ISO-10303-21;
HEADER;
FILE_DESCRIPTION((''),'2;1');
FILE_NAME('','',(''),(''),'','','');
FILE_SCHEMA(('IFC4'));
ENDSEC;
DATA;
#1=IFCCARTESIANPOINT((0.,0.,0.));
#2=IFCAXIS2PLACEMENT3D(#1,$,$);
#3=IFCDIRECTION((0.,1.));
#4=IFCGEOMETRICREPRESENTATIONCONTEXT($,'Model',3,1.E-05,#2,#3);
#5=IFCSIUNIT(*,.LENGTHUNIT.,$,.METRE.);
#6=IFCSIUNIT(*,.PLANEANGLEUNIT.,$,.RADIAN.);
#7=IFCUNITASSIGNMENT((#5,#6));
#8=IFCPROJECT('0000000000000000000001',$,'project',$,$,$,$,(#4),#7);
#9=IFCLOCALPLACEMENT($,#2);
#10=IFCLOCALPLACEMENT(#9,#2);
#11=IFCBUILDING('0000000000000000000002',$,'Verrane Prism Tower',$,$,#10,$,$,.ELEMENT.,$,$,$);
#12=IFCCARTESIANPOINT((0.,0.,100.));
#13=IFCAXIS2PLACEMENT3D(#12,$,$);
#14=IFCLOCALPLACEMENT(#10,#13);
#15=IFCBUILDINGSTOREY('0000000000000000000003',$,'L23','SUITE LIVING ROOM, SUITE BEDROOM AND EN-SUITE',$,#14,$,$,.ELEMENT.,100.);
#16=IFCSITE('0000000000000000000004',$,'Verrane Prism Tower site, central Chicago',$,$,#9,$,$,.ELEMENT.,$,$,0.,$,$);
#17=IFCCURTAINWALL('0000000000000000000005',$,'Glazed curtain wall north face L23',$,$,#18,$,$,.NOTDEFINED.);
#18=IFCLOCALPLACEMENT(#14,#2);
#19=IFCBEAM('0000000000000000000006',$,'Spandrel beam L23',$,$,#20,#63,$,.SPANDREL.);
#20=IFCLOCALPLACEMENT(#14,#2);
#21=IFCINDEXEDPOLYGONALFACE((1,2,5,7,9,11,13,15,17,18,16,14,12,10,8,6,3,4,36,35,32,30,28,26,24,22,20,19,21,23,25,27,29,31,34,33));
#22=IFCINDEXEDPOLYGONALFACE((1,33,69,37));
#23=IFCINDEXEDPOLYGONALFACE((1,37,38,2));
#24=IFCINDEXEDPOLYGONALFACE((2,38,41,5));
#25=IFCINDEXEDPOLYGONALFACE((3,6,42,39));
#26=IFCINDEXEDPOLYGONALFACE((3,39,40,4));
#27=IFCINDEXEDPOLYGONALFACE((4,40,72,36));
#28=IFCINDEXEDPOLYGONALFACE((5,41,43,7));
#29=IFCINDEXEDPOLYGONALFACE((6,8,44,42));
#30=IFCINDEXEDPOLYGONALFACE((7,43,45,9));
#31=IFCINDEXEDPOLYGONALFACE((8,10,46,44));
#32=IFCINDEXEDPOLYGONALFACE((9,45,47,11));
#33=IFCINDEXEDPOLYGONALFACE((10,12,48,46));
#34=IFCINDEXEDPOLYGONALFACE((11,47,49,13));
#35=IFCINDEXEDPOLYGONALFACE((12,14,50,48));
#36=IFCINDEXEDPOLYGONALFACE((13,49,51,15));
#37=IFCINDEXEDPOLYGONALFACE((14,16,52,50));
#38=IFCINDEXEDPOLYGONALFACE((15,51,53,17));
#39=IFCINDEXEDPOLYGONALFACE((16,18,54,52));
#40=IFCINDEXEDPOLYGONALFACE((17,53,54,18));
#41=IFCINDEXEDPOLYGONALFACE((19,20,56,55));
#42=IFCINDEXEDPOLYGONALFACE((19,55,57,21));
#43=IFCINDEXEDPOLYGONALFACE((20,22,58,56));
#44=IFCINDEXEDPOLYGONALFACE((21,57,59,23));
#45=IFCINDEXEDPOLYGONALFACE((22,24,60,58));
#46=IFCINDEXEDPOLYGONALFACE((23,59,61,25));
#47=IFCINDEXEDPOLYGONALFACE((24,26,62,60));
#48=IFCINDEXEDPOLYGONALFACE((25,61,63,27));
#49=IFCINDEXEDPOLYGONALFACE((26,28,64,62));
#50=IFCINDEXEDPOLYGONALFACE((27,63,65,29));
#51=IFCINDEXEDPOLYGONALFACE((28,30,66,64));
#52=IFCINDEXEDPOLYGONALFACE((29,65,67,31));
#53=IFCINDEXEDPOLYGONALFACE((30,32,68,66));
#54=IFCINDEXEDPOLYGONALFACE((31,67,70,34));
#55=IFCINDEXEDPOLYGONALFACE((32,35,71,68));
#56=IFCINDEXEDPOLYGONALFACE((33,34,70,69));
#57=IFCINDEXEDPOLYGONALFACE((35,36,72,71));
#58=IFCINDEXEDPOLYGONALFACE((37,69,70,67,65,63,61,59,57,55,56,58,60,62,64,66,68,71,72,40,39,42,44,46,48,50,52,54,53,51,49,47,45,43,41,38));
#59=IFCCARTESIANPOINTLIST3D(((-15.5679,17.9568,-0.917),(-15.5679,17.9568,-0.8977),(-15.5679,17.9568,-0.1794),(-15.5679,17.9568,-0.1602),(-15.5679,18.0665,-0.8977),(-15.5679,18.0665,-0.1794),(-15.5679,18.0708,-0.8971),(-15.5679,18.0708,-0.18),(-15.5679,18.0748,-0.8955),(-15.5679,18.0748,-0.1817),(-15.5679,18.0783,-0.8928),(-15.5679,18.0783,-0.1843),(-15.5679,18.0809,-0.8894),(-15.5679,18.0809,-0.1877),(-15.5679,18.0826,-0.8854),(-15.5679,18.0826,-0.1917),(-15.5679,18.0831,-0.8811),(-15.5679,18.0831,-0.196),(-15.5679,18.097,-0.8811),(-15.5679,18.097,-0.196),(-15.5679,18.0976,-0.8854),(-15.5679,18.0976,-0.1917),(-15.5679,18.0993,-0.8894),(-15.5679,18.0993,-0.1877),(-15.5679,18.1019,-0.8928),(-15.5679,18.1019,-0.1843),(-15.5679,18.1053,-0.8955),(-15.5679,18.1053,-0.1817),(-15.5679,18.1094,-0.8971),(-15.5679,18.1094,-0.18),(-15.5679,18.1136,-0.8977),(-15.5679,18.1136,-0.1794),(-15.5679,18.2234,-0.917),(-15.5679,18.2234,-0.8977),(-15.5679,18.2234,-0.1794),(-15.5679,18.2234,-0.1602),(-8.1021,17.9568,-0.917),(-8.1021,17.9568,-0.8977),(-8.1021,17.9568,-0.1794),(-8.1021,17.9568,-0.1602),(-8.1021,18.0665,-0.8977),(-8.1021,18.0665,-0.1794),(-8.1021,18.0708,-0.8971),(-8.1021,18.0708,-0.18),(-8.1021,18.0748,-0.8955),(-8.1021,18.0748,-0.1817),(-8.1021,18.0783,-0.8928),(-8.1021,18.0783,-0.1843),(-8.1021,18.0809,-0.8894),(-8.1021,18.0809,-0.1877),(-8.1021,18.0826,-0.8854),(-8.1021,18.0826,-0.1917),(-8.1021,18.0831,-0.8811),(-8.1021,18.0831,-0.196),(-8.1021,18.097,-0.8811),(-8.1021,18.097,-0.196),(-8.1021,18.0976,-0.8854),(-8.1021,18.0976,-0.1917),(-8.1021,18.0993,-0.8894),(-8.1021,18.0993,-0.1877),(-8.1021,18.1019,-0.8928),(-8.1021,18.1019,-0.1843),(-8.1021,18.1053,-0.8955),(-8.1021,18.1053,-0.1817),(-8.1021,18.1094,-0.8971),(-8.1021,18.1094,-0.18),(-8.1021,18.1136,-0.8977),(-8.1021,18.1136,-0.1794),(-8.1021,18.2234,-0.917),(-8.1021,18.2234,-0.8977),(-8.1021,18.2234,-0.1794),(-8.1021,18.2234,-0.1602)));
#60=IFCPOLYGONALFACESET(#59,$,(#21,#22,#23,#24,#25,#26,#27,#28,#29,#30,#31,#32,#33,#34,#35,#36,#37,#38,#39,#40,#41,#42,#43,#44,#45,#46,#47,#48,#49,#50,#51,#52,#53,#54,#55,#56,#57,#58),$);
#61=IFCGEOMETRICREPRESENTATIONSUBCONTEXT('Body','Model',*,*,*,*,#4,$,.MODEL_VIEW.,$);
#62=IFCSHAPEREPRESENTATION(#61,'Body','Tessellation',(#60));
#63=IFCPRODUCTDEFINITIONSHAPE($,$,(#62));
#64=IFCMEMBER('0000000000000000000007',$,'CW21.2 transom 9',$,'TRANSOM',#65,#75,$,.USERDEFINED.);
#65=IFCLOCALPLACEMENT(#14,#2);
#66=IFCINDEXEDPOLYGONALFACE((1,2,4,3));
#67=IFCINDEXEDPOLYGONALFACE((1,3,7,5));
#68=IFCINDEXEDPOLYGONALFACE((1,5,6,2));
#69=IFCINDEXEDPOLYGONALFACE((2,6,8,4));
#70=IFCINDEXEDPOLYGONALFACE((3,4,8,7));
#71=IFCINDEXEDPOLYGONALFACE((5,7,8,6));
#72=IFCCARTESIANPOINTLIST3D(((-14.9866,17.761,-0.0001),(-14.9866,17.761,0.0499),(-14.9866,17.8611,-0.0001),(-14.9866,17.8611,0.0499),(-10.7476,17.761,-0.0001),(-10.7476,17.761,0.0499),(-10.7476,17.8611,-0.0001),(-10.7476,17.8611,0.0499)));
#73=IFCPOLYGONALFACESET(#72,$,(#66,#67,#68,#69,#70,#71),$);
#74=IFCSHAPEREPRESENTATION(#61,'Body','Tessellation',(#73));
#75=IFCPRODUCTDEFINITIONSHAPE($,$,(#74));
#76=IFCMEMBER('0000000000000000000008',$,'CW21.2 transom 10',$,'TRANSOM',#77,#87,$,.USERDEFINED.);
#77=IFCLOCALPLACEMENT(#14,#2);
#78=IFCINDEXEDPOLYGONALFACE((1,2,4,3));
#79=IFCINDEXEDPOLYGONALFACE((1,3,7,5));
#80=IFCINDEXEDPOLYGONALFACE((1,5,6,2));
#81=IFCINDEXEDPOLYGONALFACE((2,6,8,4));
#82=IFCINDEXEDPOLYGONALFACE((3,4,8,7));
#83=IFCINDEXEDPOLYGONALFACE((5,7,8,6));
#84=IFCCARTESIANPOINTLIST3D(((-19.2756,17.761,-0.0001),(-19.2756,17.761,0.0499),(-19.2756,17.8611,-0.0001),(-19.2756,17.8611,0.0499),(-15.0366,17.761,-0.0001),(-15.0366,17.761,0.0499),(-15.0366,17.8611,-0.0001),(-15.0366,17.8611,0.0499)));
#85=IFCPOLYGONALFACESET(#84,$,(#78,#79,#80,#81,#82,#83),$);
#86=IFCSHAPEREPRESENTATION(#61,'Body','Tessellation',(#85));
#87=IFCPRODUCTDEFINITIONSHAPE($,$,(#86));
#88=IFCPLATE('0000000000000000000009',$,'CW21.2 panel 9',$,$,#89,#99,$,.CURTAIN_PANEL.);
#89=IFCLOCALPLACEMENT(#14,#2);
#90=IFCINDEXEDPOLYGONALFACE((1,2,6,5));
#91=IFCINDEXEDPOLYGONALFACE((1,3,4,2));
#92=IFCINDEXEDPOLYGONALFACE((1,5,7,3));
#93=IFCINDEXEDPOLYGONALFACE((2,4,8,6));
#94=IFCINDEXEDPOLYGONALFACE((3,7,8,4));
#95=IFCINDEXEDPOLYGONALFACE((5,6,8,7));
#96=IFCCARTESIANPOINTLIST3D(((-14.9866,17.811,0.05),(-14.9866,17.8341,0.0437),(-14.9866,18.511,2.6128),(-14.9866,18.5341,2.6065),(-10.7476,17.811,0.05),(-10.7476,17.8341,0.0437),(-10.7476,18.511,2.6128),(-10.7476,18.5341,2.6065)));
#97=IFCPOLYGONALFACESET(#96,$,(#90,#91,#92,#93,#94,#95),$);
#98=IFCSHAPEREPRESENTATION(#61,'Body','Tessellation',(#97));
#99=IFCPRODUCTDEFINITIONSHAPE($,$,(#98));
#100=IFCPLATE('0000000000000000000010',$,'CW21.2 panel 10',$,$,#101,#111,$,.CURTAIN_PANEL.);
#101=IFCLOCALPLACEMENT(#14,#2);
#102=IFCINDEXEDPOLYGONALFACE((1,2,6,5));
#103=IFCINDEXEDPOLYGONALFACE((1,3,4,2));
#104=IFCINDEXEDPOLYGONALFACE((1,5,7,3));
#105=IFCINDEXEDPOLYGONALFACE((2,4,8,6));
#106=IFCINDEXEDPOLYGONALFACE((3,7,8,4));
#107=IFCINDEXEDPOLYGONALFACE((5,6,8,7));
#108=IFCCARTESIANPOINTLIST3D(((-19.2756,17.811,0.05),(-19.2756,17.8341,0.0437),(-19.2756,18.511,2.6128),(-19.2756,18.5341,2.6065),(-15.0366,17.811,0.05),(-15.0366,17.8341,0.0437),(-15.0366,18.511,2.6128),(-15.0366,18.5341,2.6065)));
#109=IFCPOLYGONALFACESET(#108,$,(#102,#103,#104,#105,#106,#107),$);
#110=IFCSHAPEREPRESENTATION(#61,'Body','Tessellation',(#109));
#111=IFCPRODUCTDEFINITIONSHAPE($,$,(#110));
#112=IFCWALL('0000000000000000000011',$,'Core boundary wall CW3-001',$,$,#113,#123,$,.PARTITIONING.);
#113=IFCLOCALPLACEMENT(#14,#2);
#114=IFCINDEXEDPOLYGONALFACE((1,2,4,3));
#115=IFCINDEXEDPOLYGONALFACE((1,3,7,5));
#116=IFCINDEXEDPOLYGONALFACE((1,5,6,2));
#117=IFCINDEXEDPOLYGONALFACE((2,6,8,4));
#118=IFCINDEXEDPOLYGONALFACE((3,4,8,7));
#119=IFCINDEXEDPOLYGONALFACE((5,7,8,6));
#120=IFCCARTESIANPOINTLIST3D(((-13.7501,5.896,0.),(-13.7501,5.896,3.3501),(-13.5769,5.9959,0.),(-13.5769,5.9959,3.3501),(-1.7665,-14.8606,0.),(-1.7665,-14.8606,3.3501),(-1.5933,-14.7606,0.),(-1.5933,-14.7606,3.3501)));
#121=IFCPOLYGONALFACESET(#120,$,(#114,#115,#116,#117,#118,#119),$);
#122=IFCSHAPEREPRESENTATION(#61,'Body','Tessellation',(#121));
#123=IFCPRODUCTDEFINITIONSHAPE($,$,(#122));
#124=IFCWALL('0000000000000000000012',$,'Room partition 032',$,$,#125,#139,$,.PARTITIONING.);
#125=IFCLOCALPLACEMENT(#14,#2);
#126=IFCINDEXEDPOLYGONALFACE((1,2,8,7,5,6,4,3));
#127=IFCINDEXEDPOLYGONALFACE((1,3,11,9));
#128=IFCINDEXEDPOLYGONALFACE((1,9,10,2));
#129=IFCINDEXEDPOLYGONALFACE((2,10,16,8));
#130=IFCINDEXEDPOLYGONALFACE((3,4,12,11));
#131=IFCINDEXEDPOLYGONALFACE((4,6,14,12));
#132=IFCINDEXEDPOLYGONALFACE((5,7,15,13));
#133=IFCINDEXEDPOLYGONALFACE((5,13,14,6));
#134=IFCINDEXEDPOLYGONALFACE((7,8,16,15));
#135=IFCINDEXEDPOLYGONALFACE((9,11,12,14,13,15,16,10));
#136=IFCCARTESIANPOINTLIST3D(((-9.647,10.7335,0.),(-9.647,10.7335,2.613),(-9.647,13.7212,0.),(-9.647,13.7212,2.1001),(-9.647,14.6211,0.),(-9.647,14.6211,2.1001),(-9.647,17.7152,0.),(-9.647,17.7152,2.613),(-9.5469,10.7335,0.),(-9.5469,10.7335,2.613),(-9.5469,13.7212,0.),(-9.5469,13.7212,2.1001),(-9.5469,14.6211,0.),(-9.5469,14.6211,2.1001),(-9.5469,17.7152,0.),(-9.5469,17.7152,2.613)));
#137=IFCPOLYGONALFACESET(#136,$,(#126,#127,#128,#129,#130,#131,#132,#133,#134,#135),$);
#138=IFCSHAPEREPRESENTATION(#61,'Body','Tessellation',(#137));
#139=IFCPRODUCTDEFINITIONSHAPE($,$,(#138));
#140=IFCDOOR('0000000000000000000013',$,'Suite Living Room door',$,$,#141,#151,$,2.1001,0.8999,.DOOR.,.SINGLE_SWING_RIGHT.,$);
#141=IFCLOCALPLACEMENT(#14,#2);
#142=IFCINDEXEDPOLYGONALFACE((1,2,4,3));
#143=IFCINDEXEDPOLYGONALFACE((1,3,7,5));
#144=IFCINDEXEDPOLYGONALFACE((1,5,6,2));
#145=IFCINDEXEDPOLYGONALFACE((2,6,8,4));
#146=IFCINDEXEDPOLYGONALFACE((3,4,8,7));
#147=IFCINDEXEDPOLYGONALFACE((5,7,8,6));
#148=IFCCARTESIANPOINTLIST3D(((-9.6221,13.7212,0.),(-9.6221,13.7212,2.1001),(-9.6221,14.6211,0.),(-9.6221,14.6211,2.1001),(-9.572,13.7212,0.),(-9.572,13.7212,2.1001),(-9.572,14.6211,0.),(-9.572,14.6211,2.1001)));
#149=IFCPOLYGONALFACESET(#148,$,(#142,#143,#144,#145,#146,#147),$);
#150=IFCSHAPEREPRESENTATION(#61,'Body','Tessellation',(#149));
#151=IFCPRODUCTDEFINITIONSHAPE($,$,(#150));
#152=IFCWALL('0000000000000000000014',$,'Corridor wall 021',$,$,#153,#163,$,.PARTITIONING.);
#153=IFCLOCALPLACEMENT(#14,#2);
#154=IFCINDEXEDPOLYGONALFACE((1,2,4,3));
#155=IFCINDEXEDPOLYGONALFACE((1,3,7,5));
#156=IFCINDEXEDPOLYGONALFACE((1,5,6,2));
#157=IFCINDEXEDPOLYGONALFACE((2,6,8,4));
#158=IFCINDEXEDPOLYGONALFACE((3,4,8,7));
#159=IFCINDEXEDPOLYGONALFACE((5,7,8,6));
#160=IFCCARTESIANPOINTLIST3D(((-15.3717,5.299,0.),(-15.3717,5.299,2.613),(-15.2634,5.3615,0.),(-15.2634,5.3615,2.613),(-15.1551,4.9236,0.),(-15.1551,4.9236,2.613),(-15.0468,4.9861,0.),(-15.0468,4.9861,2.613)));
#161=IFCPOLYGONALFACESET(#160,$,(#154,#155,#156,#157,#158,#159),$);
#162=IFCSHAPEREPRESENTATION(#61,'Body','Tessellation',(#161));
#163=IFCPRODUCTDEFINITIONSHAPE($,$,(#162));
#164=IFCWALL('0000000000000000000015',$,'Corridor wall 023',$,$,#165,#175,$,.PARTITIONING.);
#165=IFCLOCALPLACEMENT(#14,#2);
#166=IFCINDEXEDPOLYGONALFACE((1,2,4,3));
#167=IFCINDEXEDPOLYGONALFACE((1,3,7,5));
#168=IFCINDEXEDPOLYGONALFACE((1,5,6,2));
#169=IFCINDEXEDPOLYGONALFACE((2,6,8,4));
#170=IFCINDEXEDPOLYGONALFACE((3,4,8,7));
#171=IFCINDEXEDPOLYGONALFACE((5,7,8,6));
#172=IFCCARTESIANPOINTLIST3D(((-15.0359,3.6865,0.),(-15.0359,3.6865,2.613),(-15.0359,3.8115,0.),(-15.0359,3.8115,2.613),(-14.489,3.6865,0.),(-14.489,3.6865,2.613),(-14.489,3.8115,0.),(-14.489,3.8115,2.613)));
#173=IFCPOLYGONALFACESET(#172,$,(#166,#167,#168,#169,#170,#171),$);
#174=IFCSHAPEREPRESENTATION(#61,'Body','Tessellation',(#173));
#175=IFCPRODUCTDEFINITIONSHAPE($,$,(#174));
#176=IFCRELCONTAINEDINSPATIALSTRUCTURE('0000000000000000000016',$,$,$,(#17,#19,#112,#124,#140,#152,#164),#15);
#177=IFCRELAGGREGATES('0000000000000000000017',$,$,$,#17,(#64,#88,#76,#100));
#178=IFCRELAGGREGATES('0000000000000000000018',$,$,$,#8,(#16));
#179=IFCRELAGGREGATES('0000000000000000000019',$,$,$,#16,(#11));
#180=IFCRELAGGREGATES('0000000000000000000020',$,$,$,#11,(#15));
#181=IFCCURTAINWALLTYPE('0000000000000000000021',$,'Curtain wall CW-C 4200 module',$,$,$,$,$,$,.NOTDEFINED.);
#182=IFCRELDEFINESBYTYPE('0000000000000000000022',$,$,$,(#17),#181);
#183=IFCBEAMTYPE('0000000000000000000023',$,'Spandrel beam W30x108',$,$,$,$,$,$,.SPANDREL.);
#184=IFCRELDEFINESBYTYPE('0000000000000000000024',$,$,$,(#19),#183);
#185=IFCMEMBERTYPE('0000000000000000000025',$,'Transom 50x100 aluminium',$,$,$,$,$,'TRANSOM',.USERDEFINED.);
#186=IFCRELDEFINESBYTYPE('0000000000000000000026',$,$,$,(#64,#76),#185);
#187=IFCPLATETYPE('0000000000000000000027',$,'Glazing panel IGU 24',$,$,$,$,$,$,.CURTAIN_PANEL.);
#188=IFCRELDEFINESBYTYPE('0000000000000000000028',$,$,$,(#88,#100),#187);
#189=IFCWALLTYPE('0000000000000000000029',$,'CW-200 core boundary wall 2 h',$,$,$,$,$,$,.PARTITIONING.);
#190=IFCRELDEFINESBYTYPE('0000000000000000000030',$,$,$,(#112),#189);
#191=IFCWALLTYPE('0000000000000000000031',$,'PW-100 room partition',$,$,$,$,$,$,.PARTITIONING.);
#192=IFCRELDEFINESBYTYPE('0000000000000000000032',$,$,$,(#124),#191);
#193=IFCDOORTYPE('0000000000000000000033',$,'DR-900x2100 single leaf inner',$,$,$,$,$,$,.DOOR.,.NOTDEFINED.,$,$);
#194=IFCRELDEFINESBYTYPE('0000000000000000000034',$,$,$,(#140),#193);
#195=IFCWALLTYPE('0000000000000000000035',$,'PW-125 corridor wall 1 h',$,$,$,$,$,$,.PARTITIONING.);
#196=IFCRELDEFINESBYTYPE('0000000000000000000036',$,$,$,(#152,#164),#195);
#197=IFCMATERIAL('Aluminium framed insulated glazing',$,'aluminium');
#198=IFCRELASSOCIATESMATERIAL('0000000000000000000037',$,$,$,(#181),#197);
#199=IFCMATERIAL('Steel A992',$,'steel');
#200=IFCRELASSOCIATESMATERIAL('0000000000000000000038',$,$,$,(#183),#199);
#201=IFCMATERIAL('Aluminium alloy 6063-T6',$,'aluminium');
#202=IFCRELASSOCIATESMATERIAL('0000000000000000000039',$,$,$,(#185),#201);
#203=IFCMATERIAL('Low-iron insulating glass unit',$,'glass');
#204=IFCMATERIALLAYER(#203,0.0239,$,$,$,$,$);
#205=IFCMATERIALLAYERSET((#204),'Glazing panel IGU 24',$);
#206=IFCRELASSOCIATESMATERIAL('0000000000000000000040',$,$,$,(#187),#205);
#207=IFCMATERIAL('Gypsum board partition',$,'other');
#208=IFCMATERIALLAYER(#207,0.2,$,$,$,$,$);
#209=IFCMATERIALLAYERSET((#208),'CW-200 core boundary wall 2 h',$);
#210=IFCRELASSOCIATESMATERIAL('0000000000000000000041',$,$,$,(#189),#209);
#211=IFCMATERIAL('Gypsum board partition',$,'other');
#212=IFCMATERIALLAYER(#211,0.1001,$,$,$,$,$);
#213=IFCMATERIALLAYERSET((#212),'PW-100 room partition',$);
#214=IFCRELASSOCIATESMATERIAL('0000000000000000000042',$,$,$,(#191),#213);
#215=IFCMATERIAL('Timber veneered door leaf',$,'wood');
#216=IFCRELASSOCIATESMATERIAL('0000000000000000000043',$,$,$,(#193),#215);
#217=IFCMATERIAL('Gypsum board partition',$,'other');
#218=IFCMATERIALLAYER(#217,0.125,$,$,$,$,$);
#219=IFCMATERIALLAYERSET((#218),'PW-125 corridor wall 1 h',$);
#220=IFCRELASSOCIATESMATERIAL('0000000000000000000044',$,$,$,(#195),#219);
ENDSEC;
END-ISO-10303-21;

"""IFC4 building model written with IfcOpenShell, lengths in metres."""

from ifc_helpers import new_model, si_unit, direction, frame, frame_2d, origin, origin_2d, place, context, subcontext, project, spatial, polyline, rectangle, i_section, outline, extrude, material, layer, layer_set, material_profile, profile_set, type_object, element, fill, aggregate, save


model = new_model("IFC4")

# Units and contexts
model_context = context("Model", 3, precision=1e-05, world=origin(), true_north=direction((0.0, 1.0)))
body_context = subcontext(model_context, "Body", "Model", "MODEL_VIEW")
ifc_project = project(units=[si_unit("LENGTHUNIT", "METRE"), si_unit("PLANEANGLEUNIT", "RADIAN")], contexts=[model_context])

# Site, building, storey
site_placement = place(None, origin())
site = spatial("IfcSite", under=ifc_project, at=site_placement, Name="Verrane Prism Tower site, central Chicago", CompositionType="ELEMENT", RefElevation=0.0)
building_placement = place(site_placement, origin())
building = spatial("IfcBuilding", under=site, at=building_placement, Name="Verrane Prism Tower", CompositionType="ELEMENT")
storey_placement = place(building_placement, frame((0.0, 0.0, 100.0)))
storey = spatial("IfcBuildingStorey", under=building, at=storey_placement, Name="L23", Description="SUITE LIVING ROOM, SUITE BEDROOM AND EN-SUITE", CompositionType="ELEMENT", Elevation=100.0)

# Curtain wall
ifc_material_1 = material(Name="Aluminium framed insulated glazing", Category="aluminium")
curtain_wall_type = type_object("IfcCurtainWallType", Name="Curtain wall CW-C 4200 module", PredefinedType="NOTDEFINED", material=ifc_material_1)
curtain_wall_placement = place(storey_placement, origin())
curtain_wall = element("IfcCurtainWall", 1, at=curtain_wall_placement, inside=storey, type_object=curtain_wall_type, Name="Glazed curtain wall north face L23", PredefinedType="NOTDEFINED")

# Beam
ifc_material_2 = material(Name="Steel A992", Category="steel")
ifc_material_profile_1 = material_profile(ifc_material_2, i_section(OverallWidth=0.2666, OverallDepth=0.7568, WebThickness=0.0139, FlangeThickness=0.0193, FilletRadius=0.0166, at=origin_2d()), Name="W30x108")
ifc_profile_set_1 = profile_set([ifc_material_profile_1], Name="Steel A992")
beam_type_1 = type_object("IfcBeamType", Name="Spandrel beam W30x108", PredefinedType="SPANDREL", material=ifc_profile_set_1)
beam_1_placement = place(storey_placement, frame((-8.1021, 18.0901, -0.5386), z_axis=(-1.0, 0.0, 0.0), x_axis=(0.0, -1.0, 0.0)))
element("IfcBeam", 2, at=beam_1_placement, inside=storey, type_object=beam_type_1, Name="Spandrel beam L23", PredefinedType="SPANDREL", context=body_context, shape_type="SweptSolid", body=[
    extrude(i_section(OverallWidth=0.2666, OverallDepth=0.7568, WebThickness=0.0139, FlangeThickness=0.0193, FilletRadius=0.0166, at=origin_2d()), origin(), (0.0, 0.0, 1.0), 7.4658),
])

# Members
ifc_material_3 = material(Name="Aluminium alloy 6063-T6", Category="aluminium")
ifc_material_profile_2 = material_profile(ifc_material_3, rectangle(XDim=0.1001, YDim=0.05, at=origin_2d()), Name="Transom 50x100 aluminium")
ifc_profile_set_2 = profile_set([ifc_material_profile_2], Name="Aluminium alloy 6063-T6")
member_type_1 = type_object("IfcMemberType", Name="Transom 50x100 aluminium", ElementType="TRANSOM", PredefinedType="USERDEFINED", material=ifc_profile_set_2)
member_1_placement = place(storey_placement, frame((-10.7476, 17.811, 0.0249), z_axis=(-1.0, 0.0, 0.0), x_axis=(0.0, -1.0, 0.0)))
member_1 = element("IfcMember", 3, at=member_1_placement, type_object=member_type_1, Name="CW21.2 transom 9", ObjectType="TRANSOM", PredefinedType="USERDEFINED", context=body_context, shape_type="SweptSolid", body=[
    extrude(rectangle(XDim=0.1001, YDim=0.05, at=origin_2d()), origin(), (0.0, 0.0, 1.0), 4.239),
])
member_2_placement = place(storey_placement, frame((-15.0366, 17.811, 0.0249), z_axis=(-1.0, 0.0, 0.0), x_axis=(0.0, -1.0, 0.0)))
member_2 = element("IfcMember", 4, at=member_2_placement, type_object=member_type_1, Name="CW21.2 transom 10", ObjectType="TRANSOM", PredefinedType="USERDEFINED", context=body_context, shape_type="SweptSolid", body=[
    extrude(rectangle(XDim=0.1001, YDim=0.05, at=origin_2d()), origin(), (0.0, 0.0, 1.0), 4.239),
])

# Plates
ifc_material_4 = material(Name="Low-iron insulating glass unit", Category="glass")
ifc_layer_1 = layer(ifc_material_4, 0.0239)
ifc_layer_set_1 = layer_set([ifc_layer_1], Name="Glazing panel IGU 24")
plate_type = type_object("IfcPlateType", Name="Glazing panel IGU 24", PredefinedType="CURTAIN_PANEL", material=ifc_layer_set_1)
plate_1_placement = place(storey_placement, frame((-10.7476, 17.811, 0.05), z_axis=(0.0, -0.964666, 0.263475), x_axis=(-1.0, 0.0, 0.0)))
plate_1 = element("IfcPlate", 5, at=plate_1_placement, type_object=plate_type, Name="CW21.2 panel 9", PredefinedType="CURTAIN_PANEL", context=body_context, shape_type="SweptSolid", body=[
    extrude(outline(polyline([(0.0, 0.0), (4.239, 0.0), (4.239, -2.6566), (0.0, -2.6566), (0.0, 0.0)])), origin(), (0.0, 0.0, -1.0), 0.0239),
])
plate_2_placement = place(storey_placement, frame((-15.0366, 17.811, 0.05), z_axis=(0.0, -0.964666, 0.263475), x_axis=(-1.0, 0.0, 0.0)))
plate_2 = element("IfcPlate", 6, at=plate_2_placement, type_object=plate_type, Name="CW21.2 panel 10", PredefinedType="CURTAIN_PANEL", context=body_context, shape_type="SweptSolid", body=[
    extrude(outline(polyline([(0.0, 0.0), (4.239, 0.0), (4.239, -2.6566), (0.0, -2.6566), (0.0, 0.0)])), origin(), (0.0, 0.0, -1.0), 0.0239),
])
aggregate(curtain_wall, [member_1, plate_1, member_2, plate_2])

# Wall
ifc_material_5 = material(Name="Gypsum board partition", Category="other")
ifc_layer_2 = layer(ifc_material_5, 0.2)
ifc_layer_set_2 = layer_set([ifc_layer_2], Name="CW-200 core boundary wall 2 h")
wall_type_1 = type_object("IfcWallType", Name="CW-200 core boundary wall 2 h", PredefinedType="PARTITIONING", material=ifc_layer_set_2)
wall_1_placement = place(storey_placement, frame((-13.6636, 5.946, 0.0), z_axis=(0.0, 0.0, 1.0), x_axis=(0.499994, -0.866029, 0.0)))
element("IfcWall", 7, at=wall_1_placement, inside=storey, type_object=wall_type_1, Name="Core boundary wall CW3-001", PredefinedType="PARTITIONING", context=body_context, shape_type="SweptSolid", body=[
    extrude(rectangle(XDim=23.9675, YDim=0.2, at=frame_2d((11.9839, 0.0))), origin(), (0.0, 0.0, 1.0), 3.3501),
])

# Wall, opening, door
ifc_material_6 = material(Name="Gypsum board partition", Category="other")
ifc_layer_3 = layer(ifc_material_6, 0.1001)
ifc_layer_set_3 = layer_set([ifc_layer_3], Name="PW-100 room partition")
wall_type_2 = type_object("IfcWallType", Name="PW-100 room partition", PredefinedType="PARTITIONING", material=ifc_layer_set_3)
wall_2_placement = place(storey_placement, frame((-9.5969, 17.7151, 0.0), z_axis=(0.0, 0.0, 1.0), x_axis=(0.0, -1.0, 0.0)))
wall_2 = element("IfcWall", 8, at=wall_2_placement, inside=storey, type_object=wall_type_2, Name="Room partition 032", PredefinedType="PARTITIONING", context=body_context, shape_type="SweptSolid", body=[
    extrude(rectangle(XDim=6.9817, YDim=0.1001, at=frame_2d((3.4907, 0.0))), origin(), (0.0, 0.0, 1.0), 2.613),
])
opening_1_placement = place(wall_2_placement, frame((3.094, 0.0, 0.0)))
opening_1 = element("IfcOpeningElement", 9, at=opening_1_placement, cuts=wall_2, PredefinedType="OPENING", context=body_context, shape_type="SweptSolid", body=[
    extrude(rectangle(XDim=0.8999, YDim=2.1001, at=frame_2d((0.45, 1.05))), frame((0.0, 0.0601, 0.0), z_axis=(0.0, -1.0, 0.0), x_axis=(1.0, 0.0, 0.0)), (0.0, 0.0, 1.0), 0.1201),
])
ifc_material_7 = material(Name="Timber veneered door leaf", Category="wood")
door_type_1 = type_object("IfcDoorType", Name="DR-900x2100 single leaf inner", OperationType="NOTDEFINED", PredefinedType="DOOR", material=ifc_material_7)
door_1_placement = place(opening_1_placement, origin())
door_1 = element("IfcDoor", 10, at=door_1_placement, inside=storey, type_object=door_type_1, Name="Suite Living Room door", OperationType="SINGLE_SWING_RIGHT", OverallHeight=2.1001, OverallWidth=0.8999, PredefinedType="DOOR", context=body_context, shape_type="SweptSolid", body=[
    extrude(rectangle(XDim=0.8999, YDim=2.1001, at=frame_2d((0.45, 1.05))), frame((0.0, 0.0249, 0.0), z_axis=(0.0, -1.0, 0.0), x_axis=(1.0, 0.0, 0.0)), (0.0, 0.0, 1.0), 0.05),
])
fill(opening_1, door_1)

# Walls
ifc_material_8 = material(Name="Gypsum board partition", Category="other")
ifc_layer_4 = layer(ifc_material_8, 0.125)
ifc_layer_set_4 = layer_set([ifc_layer_4], Name="PW-125 corridor wall 1 h")
wall_type_3 = type_object("IfcWallType", Name="PW-125 corridor wall 1 h", PredefinedType="PARTITIONING", material=ifc_layer_set_4)
wall_3_placement = place(storey_placement, frame((-15.3176, 5.3303, 0.0), z_axis=(0.0, 0.0, 1.0), x_axis=(0.499836, -0.86612, 0.0)))
element("IfcWall", 11, at=wall_3_placement, inside=storey, type_object=wall_type_3, Name="Corridor wall 021", PredefinedType="PARTITIONING", context=body_context, shape_type="SweptSolid", body=[
    extrude(rectangle(XDim=0.4333, YDim=0.125, at=frame_2d((0.2168, 0.0))), origin(), (0.0, 0.0, 1.0), 2.613),
])
wall_4_placement = place(storey_placement, frame((-15.0359, 3.749, 0.0), z_axis=(0.0, 0.0, 1.0), x_axis=(1.0, 0.0, 0.0)))
element("IfcWall", 12, at=wall_4_placement, inside=storey, type_object=wall_type_3, Name="Corridor wall 023", PredefinedType="PARTITIONING", context=body_context, shape_type="SweptSolid", body=[
    extrude(rectangle(XDim=0.5469, YDim=0.125, at=frame_2d((0.2734, 0.0))), origin(), (0.0, 0.0, 1.0), 2.613),
])

save(model, "model.ifc")
